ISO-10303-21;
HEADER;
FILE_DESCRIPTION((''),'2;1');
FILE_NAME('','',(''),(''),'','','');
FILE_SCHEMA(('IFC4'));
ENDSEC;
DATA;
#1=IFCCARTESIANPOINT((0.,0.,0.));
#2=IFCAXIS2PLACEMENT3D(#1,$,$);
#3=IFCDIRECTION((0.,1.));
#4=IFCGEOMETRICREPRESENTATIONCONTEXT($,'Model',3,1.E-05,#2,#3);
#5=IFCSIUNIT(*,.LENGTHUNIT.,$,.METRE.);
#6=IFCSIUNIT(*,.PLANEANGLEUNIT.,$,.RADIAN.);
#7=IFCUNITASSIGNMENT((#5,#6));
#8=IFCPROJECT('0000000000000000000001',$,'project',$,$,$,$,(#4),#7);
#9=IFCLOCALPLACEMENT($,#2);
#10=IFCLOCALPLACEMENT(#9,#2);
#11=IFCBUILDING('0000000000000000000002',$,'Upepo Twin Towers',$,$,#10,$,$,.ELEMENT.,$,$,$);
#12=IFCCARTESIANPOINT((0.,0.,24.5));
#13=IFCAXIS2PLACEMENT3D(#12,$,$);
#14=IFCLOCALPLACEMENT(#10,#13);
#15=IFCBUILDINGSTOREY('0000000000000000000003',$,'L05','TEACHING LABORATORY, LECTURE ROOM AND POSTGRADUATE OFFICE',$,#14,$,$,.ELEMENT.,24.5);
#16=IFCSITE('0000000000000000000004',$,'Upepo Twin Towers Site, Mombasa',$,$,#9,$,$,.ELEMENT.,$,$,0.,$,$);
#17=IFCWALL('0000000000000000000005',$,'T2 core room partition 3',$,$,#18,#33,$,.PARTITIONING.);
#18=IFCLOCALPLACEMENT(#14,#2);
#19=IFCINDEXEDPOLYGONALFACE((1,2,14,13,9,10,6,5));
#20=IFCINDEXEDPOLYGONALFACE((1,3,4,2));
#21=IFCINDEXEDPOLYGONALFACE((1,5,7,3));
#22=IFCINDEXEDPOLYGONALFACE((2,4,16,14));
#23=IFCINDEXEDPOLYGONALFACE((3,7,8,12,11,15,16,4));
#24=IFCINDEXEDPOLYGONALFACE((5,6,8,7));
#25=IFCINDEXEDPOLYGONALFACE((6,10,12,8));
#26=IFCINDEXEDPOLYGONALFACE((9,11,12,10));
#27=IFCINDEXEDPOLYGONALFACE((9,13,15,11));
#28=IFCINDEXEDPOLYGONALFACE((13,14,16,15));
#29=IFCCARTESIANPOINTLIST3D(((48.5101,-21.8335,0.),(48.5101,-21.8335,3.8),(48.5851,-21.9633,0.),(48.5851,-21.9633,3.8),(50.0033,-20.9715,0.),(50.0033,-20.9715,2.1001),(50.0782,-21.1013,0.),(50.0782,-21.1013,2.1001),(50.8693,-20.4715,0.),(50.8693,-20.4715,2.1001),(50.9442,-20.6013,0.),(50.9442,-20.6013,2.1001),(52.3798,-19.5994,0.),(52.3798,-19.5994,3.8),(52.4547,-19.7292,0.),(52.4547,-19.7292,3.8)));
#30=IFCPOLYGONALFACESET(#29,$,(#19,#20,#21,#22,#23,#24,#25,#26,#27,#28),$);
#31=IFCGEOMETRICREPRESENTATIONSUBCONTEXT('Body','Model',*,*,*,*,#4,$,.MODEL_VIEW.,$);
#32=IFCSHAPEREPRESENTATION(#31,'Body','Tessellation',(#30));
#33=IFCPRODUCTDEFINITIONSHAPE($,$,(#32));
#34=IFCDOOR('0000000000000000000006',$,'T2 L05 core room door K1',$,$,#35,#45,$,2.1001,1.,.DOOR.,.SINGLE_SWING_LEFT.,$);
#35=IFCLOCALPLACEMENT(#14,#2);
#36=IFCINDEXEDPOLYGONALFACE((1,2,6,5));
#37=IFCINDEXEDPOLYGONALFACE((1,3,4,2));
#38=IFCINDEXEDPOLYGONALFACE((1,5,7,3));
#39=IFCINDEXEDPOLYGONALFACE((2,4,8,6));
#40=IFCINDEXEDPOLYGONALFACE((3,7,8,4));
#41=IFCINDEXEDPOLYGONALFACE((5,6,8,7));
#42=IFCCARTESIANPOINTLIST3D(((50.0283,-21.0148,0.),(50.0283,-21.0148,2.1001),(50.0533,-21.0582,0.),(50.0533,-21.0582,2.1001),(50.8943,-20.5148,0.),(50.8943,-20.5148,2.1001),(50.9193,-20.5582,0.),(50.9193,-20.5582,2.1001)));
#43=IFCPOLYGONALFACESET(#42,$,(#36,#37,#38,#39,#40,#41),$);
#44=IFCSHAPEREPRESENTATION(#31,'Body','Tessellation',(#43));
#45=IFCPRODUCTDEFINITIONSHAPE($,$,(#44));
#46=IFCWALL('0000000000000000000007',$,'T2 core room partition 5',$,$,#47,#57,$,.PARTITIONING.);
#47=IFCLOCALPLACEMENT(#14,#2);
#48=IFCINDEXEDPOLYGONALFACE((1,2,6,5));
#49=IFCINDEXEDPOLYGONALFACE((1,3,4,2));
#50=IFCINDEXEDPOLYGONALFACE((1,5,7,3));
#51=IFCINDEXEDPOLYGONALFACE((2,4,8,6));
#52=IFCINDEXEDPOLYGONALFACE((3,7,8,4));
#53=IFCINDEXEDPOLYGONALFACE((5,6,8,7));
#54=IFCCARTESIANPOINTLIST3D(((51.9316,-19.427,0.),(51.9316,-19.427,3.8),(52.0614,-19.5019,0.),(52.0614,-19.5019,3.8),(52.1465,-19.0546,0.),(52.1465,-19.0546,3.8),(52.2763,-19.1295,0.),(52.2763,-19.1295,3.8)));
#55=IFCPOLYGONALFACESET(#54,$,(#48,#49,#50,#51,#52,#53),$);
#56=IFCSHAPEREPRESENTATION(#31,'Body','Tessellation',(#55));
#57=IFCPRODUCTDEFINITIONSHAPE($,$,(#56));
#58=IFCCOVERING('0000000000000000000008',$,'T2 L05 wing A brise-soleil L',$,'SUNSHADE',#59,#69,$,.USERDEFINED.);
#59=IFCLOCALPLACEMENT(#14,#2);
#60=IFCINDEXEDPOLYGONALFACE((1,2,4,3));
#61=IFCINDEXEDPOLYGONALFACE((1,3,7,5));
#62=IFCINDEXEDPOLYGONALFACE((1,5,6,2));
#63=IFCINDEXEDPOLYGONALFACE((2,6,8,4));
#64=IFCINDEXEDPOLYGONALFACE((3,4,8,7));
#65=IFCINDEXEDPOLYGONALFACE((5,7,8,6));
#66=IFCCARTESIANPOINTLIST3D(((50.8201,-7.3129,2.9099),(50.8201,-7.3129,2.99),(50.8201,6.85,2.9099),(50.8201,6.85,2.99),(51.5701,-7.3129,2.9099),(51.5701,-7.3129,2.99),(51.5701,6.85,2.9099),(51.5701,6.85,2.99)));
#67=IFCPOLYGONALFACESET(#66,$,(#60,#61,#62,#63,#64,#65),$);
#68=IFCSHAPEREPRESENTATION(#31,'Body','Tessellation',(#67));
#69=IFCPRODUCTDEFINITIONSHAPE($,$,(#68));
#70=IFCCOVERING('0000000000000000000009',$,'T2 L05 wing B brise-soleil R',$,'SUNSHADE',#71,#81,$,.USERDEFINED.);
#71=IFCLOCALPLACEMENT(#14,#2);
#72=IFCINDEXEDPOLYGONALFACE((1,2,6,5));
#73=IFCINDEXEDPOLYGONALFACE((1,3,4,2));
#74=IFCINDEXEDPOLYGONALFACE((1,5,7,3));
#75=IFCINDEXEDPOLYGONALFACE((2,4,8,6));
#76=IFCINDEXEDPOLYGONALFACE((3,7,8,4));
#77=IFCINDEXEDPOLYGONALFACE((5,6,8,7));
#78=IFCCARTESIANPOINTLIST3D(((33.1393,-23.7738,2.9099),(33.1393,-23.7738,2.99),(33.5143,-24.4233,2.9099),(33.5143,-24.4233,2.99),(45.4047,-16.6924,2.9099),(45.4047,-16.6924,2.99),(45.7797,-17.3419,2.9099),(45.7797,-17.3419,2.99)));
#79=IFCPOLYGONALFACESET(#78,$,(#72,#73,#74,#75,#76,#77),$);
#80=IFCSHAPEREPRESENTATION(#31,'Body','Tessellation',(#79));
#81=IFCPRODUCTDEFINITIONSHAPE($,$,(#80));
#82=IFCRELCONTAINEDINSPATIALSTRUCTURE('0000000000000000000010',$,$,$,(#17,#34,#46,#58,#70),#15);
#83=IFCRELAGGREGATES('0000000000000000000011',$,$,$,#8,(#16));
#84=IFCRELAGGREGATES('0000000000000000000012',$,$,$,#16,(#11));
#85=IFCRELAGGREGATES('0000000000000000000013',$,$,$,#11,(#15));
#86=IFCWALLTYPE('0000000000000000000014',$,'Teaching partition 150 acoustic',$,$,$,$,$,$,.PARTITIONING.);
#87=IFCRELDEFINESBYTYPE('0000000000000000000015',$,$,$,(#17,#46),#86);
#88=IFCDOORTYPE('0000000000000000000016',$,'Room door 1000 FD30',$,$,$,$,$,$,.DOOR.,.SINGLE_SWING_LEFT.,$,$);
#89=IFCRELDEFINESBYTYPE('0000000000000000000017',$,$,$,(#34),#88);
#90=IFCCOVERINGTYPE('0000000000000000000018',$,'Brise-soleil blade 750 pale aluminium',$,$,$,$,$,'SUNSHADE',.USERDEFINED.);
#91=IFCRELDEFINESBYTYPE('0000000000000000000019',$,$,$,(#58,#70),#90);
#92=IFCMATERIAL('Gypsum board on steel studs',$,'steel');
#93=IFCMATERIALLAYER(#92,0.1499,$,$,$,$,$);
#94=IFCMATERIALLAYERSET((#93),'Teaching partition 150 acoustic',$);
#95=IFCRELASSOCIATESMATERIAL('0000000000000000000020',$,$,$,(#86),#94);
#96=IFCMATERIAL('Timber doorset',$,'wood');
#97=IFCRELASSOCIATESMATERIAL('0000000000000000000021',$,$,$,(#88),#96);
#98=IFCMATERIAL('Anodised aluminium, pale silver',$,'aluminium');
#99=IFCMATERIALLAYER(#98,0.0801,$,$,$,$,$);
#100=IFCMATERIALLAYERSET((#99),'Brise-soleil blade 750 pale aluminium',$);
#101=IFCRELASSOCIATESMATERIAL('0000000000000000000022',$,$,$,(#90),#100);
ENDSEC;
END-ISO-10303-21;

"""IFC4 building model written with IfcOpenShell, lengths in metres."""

from ifc_helpers import new_model, si_unit, direction, frame, frame_2d, origin, origin_2d, place, context, subcontext, project, spatial, rectangle, extrude, material, layer, layer_set, type_object, element, fill, save


model = new_model("IFC4")

# Units and contexts
model_context = context("Model", 3, precision=1e-05, world=origin(), true_north=direction((0.0, 1.0)))
body_context = subcontext(model_context, "Body", "Model", "MODEL_VIEW")
ifc_project = project(units=[si_unit("LENGTHUNIT", "METRE"), si_unit("PLANEANGLEUNIT", "RADIAN")], contexts=[model_context])

# Site, building, storey
site_placement = place(None, origin())
site = spatial("IfcSite", under=ifc_project, at=site_placement, Name="Upepo Twin Towers Site, Mombasa", CompositionType="ELEMENT", RefElevation=0.0)
building_placement = place(site_placement, origin())
building = spatial("IfcBuilding", under=site, at=building_placement, Name="Upepo Twin Towers", CompositionType="ELEMENT")
storey_placement = place(building_placement, frame((0.0, 0.0, 24.5)))
storey = spatial("IfcBuildingStorey", under=building, at=storey_placement, Name="L05", Description="TEACHING LABORATORY, LECTURE ROOM AND POSTGRADUATE OFFICE", CompositionType="ELEMENT", Elevation=24.5)

# Wall, opening, door
ifc_material_1 = material(Name="Gypsum board on steel studs", Category="steel")
ifc_layer_1 = layer(ifc_material_1, 0.1499)
ifc_layer_set_1 = layer_set([ifc_layer_1], Name="Teaching partition 150 acoustic")
wall_type_1 = type_object("IfcWallType", Name="Teaching partition 150 acoustic", PredefinedType="PARTITIONING", material=ifc_layer_set_1)
wall_1_placement = place(storey_placement, frame((48.5476, -21.8984, 0.0), z_axis=(0.0, 0.0, 1.0), x_axis=(0.866025, 0.5, 0.0)))
wall_1 = element("IfcWall", 1, at=wall_1_placement, inside=storey, type_object=wall_type_1, Name="T2 core room partition 3", PredefinedType="PARTITIONING", context=body_context, shape_type="SweptSolid", body=[
    extrude(rectangle(XDim=4.4683, YDim=0.1499, at=frame_2d((2.2341, 0.0))), origin(), (0.0, 0.0, 1.0), 3.8),
])
opening_placement = place(wall_1_placement, frame((1.7241, 0.0, 0.0)))
opening = element("IfcOpeningElement", 2, at=opening_placement, cuts=wall_1, PredefinedType="OPENING", context=body_context, shape_type="SweptSolid", body=[
    extrude(rectangle(XDim=1.0, YDim=2.1001, at=frame_2d((0.5, 1.05))), frame((0.0, 0.085, 0.0), z_axis=(0.0, -1.0, 0.0), x_axis=(1.0, 0.0, 0.0)), (0.0, 0.0, 1.0), 0.1699),
])
ifc_material_2 = material(Name="Timber doorset", Category="wood")
door_type = type_object("IfcDoorType", Name="Room door 1000 FD30", OperationType="SINGLE_SWING_LEFT", PredefinedType="DOOR", material=ifc_material_2)
door_placement = place(opening_placement, origin())
door = element("IfcDoor", 3, at=door_placement, inside=storey, type_object=door_type, Name="T2 L05 core room door K1", OperationType="SINGLE_SWING_LEFT", OverallHeight=2.1001, OverallWidth=1.0, PredefinedType="DOOR", context=body_context, shape_type="SweptSolid", body=[
    extrude(rectangle(XDim=1.0, YDim=2.1001, at=frame_2d((0.5, 1.05))), frame((0.0, 0.0249, 0.0), z_axis=(0.0, -1.0, 0.0), x_axis=(1.0, 0.0, 0.0)), (0.0, 0.0, 1.0), 0.05),
])
fill(opening, door)

# Wall
wall_2_placement = place(storey_placement, frame((51.9966, -19.4644, 0.0), z_axis=(0.0, 0.0, 1.0), x_axis=(0.499804, 0.866138, 0.0)))
element("IfcWall", 4, at=wall_2_placement, inside=storey, type_object=wall_type_1, Name="T2 core room partition 5", PredefinedType="PARTITIONING", context=body_context, shape_type="SweptSolid", body=[
    extrude(rectangle(XDim=0.4299, YDim=0.1499, at=frame_2d((0.2148, 0.0))), origin(), (0.0, 0.0, 1.0), 3.8),
])

# Coverings
ifc_material_3 = material(Name="Anodised aluminium, pale silver", Category="aluminium")
ifc_layer_2 = layer(ifc_material_3, 0.0801)
ifc_layer_set_2 = layer_set([ifc_layer_2], Name="Brise-soleil blade 750 pale aluminium")
covering_type = type_object("IfcCoveringType", Name="Brise-soleil blade 750 pale aluminium", ElementType="SUNSHADE", PredefinedType="USERDEFINED", material=ifc_layer_set_2)
for number, where, z_axis, x_axis, name in (
    (5, (51.1951, -0.2314, 2.9099), (0.0, 0.0, 1.0), (0.0, 1.0, 0.0), "T2 L05 wing A brise-soleil L"),
    (6, (39.4595, -20.5579, 2.9099), (0.0, 0.0, 1.0), (-0.866025, -0.5, 0.0), "T2 L05 wing B brise-soleil R"),
):
    element("IfcCovering", number, at=place(storey_placement, frame(where, z_axis=z_axis, x_axis=x_axis)), inside=storey, type_object=covering_type, Name=name, ObjectType="SUNSHADE", PredefinedType="USERDEFINED", context=body_context, shape_type="SweptSolid", body=[
        extrude(rectangle(XDim=14.1628, YDim=0.75, at=origin_2d()), origin(), (0.0, 0.0, 1.0), 0.0801),
    ])

save(model, "model.ifc")
